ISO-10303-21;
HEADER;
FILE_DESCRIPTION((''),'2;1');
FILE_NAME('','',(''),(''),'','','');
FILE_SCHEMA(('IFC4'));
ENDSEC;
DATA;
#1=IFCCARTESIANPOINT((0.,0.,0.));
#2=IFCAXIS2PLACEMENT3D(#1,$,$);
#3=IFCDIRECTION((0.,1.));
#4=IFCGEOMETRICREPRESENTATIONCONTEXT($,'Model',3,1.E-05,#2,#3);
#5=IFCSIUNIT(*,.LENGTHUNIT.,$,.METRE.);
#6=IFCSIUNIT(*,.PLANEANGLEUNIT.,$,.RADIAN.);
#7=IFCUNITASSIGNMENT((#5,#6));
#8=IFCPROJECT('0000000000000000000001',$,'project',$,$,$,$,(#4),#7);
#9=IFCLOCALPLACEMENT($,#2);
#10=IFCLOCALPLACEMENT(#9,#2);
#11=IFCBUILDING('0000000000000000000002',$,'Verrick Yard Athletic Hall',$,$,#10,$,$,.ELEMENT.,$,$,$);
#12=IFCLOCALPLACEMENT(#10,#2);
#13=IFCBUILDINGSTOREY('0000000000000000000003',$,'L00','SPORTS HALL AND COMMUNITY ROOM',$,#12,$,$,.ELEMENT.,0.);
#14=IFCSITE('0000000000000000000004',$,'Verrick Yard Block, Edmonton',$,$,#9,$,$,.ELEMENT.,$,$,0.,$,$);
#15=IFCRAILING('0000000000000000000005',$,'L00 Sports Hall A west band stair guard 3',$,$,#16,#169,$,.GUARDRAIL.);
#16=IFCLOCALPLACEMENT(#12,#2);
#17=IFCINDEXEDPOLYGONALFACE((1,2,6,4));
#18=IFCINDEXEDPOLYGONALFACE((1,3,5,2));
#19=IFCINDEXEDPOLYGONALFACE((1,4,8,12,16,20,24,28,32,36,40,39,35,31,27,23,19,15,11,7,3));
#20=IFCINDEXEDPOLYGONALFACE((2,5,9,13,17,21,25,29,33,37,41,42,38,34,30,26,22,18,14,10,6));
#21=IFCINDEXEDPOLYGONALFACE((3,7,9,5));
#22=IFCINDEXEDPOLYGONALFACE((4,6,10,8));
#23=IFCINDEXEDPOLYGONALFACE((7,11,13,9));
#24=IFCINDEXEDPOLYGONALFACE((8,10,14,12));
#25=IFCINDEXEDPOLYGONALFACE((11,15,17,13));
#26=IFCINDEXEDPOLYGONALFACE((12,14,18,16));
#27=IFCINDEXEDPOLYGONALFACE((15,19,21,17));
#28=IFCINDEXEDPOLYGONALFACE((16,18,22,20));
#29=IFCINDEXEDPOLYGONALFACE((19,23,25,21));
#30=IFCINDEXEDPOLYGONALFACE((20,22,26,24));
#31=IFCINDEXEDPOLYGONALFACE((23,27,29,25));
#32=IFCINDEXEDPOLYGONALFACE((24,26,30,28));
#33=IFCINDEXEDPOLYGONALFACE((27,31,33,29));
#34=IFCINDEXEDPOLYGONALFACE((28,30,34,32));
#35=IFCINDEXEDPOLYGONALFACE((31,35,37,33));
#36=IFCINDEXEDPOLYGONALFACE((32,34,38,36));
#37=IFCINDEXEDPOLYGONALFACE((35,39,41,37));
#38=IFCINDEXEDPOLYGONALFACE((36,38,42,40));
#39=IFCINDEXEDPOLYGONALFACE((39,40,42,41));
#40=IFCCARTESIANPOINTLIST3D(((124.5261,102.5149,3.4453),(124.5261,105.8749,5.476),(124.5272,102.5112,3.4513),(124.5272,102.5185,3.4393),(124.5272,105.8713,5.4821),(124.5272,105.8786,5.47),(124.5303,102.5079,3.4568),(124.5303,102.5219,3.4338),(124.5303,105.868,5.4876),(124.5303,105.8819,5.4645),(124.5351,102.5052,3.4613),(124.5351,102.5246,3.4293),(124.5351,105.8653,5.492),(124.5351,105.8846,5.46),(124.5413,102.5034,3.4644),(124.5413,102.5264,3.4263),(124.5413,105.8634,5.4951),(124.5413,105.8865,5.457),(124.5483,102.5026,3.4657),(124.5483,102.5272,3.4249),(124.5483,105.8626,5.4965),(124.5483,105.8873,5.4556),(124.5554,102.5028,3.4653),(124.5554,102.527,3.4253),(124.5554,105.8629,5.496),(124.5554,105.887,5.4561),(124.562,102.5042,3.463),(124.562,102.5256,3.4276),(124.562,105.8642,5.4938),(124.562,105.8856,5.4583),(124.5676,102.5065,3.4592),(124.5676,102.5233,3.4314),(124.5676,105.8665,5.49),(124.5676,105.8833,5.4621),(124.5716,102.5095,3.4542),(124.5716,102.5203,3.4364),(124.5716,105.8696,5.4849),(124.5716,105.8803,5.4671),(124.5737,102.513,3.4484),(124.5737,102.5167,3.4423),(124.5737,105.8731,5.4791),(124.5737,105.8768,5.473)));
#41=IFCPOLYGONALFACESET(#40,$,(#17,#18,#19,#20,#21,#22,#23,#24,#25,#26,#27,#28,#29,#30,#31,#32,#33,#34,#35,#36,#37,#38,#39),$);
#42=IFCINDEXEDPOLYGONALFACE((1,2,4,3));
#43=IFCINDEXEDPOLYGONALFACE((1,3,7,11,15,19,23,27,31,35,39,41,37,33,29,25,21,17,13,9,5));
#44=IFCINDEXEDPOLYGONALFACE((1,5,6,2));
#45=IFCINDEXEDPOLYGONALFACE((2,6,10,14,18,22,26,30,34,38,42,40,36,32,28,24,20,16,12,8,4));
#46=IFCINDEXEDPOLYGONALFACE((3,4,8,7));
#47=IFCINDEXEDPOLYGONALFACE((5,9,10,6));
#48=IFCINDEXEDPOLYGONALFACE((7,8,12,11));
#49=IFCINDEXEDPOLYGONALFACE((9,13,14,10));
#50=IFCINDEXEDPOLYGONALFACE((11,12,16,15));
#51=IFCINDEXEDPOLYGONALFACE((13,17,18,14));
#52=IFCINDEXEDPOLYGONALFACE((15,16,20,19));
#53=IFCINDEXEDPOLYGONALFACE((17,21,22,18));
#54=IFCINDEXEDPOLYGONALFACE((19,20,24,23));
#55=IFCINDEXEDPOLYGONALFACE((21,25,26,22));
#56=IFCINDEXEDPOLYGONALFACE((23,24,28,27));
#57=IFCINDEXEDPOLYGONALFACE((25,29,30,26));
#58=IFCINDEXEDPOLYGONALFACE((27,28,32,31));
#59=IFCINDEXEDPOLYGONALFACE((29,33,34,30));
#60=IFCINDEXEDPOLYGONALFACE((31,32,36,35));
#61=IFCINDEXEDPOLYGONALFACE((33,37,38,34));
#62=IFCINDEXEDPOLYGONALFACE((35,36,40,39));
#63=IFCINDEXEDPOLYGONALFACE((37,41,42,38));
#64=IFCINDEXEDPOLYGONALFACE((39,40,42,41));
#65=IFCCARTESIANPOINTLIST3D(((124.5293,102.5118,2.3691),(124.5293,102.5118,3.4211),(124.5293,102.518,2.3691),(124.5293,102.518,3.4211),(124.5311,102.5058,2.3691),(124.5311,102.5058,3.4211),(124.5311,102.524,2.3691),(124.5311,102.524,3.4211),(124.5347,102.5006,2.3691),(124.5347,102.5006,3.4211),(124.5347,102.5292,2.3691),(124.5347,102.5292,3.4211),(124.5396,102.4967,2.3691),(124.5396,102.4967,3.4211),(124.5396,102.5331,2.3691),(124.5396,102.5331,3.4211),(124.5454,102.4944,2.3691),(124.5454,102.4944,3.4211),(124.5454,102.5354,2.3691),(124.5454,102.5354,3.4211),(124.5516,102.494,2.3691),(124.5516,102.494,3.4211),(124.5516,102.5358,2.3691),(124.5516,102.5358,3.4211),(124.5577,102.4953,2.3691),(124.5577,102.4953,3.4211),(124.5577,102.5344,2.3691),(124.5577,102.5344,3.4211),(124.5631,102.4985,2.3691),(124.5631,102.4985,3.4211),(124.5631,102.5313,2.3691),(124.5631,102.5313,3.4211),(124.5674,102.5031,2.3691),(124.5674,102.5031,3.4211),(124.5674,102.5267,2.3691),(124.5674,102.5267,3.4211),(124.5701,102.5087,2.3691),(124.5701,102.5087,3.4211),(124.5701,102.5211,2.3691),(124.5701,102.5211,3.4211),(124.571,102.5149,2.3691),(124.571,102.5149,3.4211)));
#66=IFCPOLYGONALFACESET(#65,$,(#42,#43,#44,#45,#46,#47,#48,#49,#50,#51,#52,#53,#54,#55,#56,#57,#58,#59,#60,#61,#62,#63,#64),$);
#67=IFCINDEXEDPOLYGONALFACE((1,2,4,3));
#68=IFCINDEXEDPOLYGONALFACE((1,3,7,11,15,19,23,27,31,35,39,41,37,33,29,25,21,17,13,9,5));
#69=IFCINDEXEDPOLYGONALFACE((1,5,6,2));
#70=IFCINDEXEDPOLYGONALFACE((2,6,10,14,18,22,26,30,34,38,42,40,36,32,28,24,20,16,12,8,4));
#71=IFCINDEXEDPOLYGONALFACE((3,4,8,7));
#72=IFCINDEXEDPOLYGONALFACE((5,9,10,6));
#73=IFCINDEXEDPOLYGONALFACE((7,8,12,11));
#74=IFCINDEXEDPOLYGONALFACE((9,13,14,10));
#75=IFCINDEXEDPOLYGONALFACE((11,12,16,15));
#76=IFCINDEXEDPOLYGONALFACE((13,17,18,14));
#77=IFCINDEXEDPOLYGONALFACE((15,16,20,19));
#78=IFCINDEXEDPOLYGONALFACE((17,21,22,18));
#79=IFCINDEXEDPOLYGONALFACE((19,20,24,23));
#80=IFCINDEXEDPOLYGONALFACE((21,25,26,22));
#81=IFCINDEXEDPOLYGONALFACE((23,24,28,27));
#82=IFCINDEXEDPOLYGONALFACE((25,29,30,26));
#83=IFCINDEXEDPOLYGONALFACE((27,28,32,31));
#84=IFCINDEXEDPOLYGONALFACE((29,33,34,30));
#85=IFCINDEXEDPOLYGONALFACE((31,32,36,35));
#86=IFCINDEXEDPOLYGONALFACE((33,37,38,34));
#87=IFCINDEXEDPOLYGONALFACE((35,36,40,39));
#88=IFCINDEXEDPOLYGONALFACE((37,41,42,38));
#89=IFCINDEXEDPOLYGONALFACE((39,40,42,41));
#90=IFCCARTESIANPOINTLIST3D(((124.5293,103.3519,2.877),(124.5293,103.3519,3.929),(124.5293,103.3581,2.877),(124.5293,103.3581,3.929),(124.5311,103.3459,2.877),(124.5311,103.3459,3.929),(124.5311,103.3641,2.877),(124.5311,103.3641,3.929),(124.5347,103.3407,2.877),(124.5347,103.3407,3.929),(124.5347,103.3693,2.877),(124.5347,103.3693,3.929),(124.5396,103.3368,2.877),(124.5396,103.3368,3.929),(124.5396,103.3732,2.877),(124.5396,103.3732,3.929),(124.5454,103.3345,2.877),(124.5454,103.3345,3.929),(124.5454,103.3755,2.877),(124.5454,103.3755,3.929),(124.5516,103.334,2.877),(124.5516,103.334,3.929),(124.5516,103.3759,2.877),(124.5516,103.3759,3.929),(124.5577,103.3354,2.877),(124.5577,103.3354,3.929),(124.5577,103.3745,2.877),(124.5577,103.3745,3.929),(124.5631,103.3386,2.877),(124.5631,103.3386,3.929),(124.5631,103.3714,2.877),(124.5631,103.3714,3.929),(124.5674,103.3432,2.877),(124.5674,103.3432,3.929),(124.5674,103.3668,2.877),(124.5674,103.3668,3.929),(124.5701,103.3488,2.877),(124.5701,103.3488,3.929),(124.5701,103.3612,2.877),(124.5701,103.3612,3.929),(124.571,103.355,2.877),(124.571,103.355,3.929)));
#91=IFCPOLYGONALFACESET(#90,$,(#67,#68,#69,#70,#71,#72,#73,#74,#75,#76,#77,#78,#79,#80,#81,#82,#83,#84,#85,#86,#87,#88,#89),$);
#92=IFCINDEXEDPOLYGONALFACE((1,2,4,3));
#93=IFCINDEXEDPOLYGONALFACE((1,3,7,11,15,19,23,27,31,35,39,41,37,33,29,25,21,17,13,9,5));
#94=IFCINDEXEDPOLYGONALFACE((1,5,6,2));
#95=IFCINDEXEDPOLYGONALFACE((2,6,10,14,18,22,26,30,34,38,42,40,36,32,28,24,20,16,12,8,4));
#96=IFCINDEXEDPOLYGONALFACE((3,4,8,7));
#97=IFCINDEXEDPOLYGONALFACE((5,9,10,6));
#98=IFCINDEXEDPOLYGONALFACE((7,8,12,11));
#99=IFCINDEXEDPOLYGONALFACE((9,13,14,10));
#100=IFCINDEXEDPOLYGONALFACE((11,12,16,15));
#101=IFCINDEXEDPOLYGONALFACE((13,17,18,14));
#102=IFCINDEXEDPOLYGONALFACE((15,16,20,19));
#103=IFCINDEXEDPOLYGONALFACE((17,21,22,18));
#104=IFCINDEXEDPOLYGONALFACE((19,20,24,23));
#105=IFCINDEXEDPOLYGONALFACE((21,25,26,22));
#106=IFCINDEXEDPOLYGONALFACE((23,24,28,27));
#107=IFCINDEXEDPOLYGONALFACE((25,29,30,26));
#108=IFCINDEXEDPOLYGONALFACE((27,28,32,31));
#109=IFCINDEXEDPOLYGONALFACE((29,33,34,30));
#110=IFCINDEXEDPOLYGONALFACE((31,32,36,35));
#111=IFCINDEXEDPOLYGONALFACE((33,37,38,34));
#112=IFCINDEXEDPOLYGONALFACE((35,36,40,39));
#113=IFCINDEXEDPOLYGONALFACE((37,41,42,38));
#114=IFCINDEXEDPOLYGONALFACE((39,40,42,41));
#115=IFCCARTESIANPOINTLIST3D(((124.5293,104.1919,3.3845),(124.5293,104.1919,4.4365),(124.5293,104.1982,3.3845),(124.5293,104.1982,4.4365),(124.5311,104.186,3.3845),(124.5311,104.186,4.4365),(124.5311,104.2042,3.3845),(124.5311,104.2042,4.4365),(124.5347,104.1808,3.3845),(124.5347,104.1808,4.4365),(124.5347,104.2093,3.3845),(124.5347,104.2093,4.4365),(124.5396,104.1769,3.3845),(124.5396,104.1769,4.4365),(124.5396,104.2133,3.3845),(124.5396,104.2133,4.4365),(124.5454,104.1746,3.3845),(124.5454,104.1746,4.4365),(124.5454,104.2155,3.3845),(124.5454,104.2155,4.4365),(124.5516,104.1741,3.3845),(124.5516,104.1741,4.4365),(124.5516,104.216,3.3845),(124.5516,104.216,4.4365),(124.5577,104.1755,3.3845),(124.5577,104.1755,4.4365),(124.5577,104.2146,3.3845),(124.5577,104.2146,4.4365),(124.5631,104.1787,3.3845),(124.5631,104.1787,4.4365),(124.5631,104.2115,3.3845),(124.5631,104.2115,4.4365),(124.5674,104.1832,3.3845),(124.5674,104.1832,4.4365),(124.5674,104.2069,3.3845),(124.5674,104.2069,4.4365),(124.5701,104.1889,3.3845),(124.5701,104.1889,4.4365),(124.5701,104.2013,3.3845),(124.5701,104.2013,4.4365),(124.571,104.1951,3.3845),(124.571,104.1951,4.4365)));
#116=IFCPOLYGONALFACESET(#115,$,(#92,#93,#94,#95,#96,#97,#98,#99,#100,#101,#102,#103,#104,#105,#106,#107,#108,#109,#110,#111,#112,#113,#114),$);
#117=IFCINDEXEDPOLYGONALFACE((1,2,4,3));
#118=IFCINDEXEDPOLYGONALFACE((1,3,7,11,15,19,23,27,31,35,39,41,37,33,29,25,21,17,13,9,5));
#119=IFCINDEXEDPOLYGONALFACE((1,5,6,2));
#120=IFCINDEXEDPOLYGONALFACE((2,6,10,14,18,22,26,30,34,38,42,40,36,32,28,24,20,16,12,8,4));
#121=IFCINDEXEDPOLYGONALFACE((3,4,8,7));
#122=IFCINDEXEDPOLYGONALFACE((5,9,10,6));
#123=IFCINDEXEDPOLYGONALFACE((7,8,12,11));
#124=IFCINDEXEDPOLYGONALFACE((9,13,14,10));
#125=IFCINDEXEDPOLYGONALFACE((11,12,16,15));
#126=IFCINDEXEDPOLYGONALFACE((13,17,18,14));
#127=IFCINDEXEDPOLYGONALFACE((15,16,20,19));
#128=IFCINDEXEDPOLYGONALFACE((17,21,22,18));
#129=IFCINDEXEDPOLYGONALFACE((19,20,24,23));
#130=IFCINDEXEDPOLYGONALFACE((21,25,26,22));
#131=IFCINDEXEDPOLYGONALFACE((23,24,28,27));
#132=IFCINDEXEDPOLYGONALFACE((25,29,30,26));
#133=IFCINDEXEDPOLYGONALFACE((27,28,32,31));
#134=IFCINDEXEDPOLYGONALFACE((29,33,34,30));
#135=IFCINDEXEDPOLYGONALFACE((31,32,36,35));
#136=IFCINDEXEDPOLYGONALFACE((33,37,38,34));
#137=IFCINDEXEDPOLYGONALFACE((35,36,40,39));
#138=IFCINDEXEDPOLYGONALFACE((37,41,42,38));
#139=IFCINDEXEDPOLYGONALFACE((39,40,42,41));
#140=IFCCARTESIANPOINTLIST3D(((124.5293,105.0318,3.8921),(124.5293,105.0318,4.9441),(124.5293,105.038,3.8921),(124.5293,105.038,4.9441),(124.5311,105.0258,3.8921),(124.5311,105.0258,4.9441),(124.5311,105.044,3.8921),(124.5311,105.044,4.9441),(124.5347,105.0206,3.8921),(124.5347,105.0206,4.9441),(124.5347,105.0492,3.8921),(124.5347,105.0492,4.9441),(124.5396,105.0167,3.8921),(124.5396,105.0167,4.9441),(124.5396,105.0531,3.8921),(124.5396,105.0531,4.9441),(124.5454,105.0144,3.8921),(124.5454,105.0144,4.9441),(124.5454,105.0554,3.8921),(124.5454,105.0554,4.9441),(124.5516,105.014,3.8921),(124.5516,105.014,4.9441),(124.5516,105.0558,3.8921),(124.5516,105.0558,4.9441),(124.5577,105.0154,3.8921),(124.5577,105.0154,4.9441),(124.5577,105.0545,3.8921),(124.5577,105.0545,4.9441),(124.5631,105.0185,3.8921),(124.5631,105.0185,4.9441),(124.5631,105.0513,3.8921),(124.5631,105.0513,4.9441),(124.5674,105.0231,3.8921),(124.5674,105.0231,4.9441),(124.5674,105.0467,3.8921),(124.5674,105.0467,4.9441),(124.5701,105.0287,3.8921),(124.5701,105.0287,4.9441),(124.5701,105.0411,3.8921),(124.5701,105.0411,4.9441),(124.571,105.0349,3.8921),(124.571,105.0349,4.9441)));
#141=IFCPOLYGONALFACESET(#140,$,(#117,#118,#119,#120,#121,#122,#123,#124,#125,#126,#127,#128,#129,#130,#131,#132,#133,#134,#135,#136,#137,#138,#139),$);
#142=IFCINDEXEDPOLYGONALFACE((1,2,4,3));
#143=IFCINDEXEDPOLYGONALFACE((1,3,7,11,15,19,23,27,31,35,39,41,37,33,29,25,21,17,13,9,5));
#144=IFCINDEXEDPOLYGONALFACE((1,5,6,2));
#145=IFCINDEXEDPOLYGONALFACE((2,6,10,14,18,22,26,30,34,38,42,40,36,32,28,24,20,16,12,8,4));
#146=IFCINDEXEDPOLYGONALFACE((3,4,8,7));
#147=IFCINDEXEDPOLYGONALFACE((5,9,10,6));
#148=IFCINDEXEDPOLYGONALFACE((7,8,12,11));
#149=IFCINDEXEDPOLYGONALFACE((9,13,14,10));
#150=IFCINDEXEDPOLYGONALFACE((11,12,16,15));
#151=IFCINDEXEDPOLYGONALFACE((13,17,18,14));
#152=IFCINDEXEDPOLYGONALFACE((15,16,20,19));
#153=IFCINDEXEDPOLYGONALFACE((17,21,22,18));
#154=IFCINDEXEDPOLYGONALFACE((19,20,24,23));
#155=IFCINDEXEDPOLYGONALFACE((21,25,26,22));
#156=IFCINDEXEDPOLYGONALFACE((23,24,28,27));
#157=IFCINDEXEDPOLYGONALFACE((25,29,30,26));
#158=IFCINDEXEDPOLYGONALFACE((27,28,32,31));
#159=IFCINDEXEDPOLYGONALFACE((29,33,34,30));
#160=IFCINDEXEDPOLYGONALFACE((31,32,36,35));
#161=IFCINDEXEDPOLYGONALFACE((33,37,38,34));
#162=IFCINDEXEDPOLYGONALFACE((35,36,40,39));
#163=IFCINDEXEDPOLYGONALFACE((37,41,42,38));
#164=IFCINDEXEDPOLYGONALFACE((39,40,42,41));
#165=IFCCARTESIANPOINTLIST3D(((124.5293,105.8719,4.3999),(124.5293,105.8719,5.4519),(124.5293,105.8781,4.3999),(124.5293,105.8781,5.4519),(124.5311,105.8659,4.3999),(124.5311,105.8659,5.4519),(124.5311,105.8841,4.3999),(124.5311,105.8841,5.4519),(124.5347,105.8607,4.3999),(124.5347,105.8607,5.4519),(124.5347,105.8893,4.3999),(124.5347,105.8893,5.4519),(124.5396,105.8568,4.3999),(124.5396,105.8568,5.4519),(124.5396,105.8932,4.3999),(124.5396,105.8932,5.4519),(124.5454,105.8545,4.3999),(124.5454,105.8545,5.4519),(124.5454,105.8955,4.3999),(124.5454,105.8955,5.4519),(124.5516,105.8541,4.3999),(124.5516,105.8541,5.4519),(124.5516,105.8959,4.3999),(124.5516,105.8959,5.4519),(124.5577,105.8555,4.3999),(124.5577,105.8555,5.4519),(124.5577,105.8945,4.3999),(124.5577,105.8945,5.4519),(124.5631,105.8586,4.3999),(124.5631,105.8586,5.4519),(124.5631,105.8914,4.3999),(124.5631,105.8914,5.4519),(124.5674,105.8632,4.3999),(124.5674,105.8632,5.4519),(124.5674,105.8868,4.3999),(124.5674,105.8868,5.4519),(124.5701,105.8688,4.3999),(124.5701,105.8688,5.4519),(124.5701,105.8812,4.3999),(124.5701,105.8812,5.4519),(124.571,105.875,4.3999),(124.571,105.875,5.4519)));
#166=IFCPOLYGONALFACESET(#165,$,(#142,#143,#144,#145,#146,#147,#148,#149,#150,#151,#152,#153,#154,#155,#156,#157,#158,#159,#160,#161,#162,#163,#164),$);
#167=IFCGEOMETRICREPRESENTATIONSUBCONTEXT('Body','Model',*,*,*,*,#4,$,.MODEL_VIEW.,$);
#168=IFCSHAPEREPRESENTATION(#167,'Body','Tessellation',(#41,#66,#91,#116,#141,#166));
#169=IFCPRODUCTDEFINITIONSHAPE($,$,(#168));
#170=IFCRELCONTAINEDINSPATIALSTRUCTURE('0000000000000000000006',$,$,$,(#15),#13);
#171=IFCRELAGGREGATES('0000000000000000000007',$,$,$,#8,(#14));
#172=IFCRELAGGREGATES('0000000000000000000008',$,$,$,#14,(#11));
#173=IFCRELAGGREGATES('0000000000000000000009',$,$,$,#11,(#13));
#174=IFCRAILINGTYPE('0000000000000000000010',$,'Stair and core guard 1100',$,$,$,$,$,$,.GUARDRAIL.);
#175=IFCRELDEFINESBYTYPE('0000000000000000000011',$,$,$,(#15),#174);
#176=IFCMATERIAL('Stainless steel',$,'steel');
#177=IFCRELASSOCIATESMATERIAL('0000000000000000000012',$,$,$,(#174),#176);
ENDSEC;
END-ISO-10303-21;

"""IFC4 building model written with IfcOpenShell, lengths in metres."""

from ifc_helpers import new_model, si_unit, direction, frame, origin, origin_2d, place, context, subcontext, project, spatial, circle, extrude, material, type_object, element, save


model = new_model("IFC4")

# Units and contexts
model_context = context("Model", 3, precision=1e-05, world=origin(), true_north=direction((0.0, 1.0)))
body_context = subcontext(model_context, "Body", "Model", "MODEL_VIEW")
ifc_project = project(units=[si_unit("LENGTHUNIT", "METRE"), si_unit("PLANEANGLEUNIT", "RADIAN")], contexts=[model_context])

# Site, building, storey
site_placement = place(None, origin())
site = spatial("IfcSite", under=ifc_project, at=site_placement, Name="Verrick Yard Block, Edmonton", CompositionType="ELEMENT", RefElevation=0.0)
building_placement = place(site_placement, origin())
building = spatial("IfcBuilding", under=site, at=building_placement, Name="Verrick Yard Athletic Hall", CompositionType="ELEMENT")
storey_placement = place(building_placement, origin())
storey = spatial("IfcBuildingStorey", under=building, at=storey_placement, Name="L00", Description="SPORTS HALL AND COMMUNITY ROOM", CompositionType="ELEMENT", Elevation=0.0)

# Railing
ifc_material_1 = material(Name="Stainless steel", Category="steel")
railing_type_1 = type_object("IfcRailingType", Name="Stair and core guard 1100", PredefinedType="GUARDRAIL", material=ifc_material_1)
railing_1_placement = place(storey_placement, frame((124.55, 102.5149, 2.3691)))
element("IfcRailing", 1, at=railing_1_placement, inside=storey, type_object=railing_type_1, Name="L00 Sports Hall A west band stair guard 3", PredefinedType="GUARDRAIL", context=body_context, shape_type="SweptSolid", body=[
    extrude(circle(Radius=0.0239, at=origin_2d()), frame((0.0, 0.0, 1.0762), z_axis=(0.0, 0.855837, 0.517246), x_axis=(-1.0, 0.0, 0.0)), (0.0, 0.0, 1.0), 3.926),
    extrude(circle(Radius=0.021, at=origin_2d()), origin(), (0.0, 0.0, 1.0), 1.052),
    extrude(circle(Radius=0.021, at=origin_2d()), frame((0.0, 0.8401, 0.5078)), (0.0, 0.0, 1.0), 1.052),
    extrude(circle(Radius=0.021, at=origin_2d()), frame((0.0, 1.6802, 1.0154)), (0.0, 0.0, 1.0), 1.052),
    extrude(circle(Radius=0.021, at=origin_2d()), frame((0.0, 2.52, 1.5229)), (0.0, 0.0, 1.0), 1.052),
    extrude(circle(Radius=0.021, at=origin_2d()), frame((0.0, 3.3601, 2.0308)), (0.0, 0.0, 1.0), 1.052),
])

save(model, "model.ifc")
